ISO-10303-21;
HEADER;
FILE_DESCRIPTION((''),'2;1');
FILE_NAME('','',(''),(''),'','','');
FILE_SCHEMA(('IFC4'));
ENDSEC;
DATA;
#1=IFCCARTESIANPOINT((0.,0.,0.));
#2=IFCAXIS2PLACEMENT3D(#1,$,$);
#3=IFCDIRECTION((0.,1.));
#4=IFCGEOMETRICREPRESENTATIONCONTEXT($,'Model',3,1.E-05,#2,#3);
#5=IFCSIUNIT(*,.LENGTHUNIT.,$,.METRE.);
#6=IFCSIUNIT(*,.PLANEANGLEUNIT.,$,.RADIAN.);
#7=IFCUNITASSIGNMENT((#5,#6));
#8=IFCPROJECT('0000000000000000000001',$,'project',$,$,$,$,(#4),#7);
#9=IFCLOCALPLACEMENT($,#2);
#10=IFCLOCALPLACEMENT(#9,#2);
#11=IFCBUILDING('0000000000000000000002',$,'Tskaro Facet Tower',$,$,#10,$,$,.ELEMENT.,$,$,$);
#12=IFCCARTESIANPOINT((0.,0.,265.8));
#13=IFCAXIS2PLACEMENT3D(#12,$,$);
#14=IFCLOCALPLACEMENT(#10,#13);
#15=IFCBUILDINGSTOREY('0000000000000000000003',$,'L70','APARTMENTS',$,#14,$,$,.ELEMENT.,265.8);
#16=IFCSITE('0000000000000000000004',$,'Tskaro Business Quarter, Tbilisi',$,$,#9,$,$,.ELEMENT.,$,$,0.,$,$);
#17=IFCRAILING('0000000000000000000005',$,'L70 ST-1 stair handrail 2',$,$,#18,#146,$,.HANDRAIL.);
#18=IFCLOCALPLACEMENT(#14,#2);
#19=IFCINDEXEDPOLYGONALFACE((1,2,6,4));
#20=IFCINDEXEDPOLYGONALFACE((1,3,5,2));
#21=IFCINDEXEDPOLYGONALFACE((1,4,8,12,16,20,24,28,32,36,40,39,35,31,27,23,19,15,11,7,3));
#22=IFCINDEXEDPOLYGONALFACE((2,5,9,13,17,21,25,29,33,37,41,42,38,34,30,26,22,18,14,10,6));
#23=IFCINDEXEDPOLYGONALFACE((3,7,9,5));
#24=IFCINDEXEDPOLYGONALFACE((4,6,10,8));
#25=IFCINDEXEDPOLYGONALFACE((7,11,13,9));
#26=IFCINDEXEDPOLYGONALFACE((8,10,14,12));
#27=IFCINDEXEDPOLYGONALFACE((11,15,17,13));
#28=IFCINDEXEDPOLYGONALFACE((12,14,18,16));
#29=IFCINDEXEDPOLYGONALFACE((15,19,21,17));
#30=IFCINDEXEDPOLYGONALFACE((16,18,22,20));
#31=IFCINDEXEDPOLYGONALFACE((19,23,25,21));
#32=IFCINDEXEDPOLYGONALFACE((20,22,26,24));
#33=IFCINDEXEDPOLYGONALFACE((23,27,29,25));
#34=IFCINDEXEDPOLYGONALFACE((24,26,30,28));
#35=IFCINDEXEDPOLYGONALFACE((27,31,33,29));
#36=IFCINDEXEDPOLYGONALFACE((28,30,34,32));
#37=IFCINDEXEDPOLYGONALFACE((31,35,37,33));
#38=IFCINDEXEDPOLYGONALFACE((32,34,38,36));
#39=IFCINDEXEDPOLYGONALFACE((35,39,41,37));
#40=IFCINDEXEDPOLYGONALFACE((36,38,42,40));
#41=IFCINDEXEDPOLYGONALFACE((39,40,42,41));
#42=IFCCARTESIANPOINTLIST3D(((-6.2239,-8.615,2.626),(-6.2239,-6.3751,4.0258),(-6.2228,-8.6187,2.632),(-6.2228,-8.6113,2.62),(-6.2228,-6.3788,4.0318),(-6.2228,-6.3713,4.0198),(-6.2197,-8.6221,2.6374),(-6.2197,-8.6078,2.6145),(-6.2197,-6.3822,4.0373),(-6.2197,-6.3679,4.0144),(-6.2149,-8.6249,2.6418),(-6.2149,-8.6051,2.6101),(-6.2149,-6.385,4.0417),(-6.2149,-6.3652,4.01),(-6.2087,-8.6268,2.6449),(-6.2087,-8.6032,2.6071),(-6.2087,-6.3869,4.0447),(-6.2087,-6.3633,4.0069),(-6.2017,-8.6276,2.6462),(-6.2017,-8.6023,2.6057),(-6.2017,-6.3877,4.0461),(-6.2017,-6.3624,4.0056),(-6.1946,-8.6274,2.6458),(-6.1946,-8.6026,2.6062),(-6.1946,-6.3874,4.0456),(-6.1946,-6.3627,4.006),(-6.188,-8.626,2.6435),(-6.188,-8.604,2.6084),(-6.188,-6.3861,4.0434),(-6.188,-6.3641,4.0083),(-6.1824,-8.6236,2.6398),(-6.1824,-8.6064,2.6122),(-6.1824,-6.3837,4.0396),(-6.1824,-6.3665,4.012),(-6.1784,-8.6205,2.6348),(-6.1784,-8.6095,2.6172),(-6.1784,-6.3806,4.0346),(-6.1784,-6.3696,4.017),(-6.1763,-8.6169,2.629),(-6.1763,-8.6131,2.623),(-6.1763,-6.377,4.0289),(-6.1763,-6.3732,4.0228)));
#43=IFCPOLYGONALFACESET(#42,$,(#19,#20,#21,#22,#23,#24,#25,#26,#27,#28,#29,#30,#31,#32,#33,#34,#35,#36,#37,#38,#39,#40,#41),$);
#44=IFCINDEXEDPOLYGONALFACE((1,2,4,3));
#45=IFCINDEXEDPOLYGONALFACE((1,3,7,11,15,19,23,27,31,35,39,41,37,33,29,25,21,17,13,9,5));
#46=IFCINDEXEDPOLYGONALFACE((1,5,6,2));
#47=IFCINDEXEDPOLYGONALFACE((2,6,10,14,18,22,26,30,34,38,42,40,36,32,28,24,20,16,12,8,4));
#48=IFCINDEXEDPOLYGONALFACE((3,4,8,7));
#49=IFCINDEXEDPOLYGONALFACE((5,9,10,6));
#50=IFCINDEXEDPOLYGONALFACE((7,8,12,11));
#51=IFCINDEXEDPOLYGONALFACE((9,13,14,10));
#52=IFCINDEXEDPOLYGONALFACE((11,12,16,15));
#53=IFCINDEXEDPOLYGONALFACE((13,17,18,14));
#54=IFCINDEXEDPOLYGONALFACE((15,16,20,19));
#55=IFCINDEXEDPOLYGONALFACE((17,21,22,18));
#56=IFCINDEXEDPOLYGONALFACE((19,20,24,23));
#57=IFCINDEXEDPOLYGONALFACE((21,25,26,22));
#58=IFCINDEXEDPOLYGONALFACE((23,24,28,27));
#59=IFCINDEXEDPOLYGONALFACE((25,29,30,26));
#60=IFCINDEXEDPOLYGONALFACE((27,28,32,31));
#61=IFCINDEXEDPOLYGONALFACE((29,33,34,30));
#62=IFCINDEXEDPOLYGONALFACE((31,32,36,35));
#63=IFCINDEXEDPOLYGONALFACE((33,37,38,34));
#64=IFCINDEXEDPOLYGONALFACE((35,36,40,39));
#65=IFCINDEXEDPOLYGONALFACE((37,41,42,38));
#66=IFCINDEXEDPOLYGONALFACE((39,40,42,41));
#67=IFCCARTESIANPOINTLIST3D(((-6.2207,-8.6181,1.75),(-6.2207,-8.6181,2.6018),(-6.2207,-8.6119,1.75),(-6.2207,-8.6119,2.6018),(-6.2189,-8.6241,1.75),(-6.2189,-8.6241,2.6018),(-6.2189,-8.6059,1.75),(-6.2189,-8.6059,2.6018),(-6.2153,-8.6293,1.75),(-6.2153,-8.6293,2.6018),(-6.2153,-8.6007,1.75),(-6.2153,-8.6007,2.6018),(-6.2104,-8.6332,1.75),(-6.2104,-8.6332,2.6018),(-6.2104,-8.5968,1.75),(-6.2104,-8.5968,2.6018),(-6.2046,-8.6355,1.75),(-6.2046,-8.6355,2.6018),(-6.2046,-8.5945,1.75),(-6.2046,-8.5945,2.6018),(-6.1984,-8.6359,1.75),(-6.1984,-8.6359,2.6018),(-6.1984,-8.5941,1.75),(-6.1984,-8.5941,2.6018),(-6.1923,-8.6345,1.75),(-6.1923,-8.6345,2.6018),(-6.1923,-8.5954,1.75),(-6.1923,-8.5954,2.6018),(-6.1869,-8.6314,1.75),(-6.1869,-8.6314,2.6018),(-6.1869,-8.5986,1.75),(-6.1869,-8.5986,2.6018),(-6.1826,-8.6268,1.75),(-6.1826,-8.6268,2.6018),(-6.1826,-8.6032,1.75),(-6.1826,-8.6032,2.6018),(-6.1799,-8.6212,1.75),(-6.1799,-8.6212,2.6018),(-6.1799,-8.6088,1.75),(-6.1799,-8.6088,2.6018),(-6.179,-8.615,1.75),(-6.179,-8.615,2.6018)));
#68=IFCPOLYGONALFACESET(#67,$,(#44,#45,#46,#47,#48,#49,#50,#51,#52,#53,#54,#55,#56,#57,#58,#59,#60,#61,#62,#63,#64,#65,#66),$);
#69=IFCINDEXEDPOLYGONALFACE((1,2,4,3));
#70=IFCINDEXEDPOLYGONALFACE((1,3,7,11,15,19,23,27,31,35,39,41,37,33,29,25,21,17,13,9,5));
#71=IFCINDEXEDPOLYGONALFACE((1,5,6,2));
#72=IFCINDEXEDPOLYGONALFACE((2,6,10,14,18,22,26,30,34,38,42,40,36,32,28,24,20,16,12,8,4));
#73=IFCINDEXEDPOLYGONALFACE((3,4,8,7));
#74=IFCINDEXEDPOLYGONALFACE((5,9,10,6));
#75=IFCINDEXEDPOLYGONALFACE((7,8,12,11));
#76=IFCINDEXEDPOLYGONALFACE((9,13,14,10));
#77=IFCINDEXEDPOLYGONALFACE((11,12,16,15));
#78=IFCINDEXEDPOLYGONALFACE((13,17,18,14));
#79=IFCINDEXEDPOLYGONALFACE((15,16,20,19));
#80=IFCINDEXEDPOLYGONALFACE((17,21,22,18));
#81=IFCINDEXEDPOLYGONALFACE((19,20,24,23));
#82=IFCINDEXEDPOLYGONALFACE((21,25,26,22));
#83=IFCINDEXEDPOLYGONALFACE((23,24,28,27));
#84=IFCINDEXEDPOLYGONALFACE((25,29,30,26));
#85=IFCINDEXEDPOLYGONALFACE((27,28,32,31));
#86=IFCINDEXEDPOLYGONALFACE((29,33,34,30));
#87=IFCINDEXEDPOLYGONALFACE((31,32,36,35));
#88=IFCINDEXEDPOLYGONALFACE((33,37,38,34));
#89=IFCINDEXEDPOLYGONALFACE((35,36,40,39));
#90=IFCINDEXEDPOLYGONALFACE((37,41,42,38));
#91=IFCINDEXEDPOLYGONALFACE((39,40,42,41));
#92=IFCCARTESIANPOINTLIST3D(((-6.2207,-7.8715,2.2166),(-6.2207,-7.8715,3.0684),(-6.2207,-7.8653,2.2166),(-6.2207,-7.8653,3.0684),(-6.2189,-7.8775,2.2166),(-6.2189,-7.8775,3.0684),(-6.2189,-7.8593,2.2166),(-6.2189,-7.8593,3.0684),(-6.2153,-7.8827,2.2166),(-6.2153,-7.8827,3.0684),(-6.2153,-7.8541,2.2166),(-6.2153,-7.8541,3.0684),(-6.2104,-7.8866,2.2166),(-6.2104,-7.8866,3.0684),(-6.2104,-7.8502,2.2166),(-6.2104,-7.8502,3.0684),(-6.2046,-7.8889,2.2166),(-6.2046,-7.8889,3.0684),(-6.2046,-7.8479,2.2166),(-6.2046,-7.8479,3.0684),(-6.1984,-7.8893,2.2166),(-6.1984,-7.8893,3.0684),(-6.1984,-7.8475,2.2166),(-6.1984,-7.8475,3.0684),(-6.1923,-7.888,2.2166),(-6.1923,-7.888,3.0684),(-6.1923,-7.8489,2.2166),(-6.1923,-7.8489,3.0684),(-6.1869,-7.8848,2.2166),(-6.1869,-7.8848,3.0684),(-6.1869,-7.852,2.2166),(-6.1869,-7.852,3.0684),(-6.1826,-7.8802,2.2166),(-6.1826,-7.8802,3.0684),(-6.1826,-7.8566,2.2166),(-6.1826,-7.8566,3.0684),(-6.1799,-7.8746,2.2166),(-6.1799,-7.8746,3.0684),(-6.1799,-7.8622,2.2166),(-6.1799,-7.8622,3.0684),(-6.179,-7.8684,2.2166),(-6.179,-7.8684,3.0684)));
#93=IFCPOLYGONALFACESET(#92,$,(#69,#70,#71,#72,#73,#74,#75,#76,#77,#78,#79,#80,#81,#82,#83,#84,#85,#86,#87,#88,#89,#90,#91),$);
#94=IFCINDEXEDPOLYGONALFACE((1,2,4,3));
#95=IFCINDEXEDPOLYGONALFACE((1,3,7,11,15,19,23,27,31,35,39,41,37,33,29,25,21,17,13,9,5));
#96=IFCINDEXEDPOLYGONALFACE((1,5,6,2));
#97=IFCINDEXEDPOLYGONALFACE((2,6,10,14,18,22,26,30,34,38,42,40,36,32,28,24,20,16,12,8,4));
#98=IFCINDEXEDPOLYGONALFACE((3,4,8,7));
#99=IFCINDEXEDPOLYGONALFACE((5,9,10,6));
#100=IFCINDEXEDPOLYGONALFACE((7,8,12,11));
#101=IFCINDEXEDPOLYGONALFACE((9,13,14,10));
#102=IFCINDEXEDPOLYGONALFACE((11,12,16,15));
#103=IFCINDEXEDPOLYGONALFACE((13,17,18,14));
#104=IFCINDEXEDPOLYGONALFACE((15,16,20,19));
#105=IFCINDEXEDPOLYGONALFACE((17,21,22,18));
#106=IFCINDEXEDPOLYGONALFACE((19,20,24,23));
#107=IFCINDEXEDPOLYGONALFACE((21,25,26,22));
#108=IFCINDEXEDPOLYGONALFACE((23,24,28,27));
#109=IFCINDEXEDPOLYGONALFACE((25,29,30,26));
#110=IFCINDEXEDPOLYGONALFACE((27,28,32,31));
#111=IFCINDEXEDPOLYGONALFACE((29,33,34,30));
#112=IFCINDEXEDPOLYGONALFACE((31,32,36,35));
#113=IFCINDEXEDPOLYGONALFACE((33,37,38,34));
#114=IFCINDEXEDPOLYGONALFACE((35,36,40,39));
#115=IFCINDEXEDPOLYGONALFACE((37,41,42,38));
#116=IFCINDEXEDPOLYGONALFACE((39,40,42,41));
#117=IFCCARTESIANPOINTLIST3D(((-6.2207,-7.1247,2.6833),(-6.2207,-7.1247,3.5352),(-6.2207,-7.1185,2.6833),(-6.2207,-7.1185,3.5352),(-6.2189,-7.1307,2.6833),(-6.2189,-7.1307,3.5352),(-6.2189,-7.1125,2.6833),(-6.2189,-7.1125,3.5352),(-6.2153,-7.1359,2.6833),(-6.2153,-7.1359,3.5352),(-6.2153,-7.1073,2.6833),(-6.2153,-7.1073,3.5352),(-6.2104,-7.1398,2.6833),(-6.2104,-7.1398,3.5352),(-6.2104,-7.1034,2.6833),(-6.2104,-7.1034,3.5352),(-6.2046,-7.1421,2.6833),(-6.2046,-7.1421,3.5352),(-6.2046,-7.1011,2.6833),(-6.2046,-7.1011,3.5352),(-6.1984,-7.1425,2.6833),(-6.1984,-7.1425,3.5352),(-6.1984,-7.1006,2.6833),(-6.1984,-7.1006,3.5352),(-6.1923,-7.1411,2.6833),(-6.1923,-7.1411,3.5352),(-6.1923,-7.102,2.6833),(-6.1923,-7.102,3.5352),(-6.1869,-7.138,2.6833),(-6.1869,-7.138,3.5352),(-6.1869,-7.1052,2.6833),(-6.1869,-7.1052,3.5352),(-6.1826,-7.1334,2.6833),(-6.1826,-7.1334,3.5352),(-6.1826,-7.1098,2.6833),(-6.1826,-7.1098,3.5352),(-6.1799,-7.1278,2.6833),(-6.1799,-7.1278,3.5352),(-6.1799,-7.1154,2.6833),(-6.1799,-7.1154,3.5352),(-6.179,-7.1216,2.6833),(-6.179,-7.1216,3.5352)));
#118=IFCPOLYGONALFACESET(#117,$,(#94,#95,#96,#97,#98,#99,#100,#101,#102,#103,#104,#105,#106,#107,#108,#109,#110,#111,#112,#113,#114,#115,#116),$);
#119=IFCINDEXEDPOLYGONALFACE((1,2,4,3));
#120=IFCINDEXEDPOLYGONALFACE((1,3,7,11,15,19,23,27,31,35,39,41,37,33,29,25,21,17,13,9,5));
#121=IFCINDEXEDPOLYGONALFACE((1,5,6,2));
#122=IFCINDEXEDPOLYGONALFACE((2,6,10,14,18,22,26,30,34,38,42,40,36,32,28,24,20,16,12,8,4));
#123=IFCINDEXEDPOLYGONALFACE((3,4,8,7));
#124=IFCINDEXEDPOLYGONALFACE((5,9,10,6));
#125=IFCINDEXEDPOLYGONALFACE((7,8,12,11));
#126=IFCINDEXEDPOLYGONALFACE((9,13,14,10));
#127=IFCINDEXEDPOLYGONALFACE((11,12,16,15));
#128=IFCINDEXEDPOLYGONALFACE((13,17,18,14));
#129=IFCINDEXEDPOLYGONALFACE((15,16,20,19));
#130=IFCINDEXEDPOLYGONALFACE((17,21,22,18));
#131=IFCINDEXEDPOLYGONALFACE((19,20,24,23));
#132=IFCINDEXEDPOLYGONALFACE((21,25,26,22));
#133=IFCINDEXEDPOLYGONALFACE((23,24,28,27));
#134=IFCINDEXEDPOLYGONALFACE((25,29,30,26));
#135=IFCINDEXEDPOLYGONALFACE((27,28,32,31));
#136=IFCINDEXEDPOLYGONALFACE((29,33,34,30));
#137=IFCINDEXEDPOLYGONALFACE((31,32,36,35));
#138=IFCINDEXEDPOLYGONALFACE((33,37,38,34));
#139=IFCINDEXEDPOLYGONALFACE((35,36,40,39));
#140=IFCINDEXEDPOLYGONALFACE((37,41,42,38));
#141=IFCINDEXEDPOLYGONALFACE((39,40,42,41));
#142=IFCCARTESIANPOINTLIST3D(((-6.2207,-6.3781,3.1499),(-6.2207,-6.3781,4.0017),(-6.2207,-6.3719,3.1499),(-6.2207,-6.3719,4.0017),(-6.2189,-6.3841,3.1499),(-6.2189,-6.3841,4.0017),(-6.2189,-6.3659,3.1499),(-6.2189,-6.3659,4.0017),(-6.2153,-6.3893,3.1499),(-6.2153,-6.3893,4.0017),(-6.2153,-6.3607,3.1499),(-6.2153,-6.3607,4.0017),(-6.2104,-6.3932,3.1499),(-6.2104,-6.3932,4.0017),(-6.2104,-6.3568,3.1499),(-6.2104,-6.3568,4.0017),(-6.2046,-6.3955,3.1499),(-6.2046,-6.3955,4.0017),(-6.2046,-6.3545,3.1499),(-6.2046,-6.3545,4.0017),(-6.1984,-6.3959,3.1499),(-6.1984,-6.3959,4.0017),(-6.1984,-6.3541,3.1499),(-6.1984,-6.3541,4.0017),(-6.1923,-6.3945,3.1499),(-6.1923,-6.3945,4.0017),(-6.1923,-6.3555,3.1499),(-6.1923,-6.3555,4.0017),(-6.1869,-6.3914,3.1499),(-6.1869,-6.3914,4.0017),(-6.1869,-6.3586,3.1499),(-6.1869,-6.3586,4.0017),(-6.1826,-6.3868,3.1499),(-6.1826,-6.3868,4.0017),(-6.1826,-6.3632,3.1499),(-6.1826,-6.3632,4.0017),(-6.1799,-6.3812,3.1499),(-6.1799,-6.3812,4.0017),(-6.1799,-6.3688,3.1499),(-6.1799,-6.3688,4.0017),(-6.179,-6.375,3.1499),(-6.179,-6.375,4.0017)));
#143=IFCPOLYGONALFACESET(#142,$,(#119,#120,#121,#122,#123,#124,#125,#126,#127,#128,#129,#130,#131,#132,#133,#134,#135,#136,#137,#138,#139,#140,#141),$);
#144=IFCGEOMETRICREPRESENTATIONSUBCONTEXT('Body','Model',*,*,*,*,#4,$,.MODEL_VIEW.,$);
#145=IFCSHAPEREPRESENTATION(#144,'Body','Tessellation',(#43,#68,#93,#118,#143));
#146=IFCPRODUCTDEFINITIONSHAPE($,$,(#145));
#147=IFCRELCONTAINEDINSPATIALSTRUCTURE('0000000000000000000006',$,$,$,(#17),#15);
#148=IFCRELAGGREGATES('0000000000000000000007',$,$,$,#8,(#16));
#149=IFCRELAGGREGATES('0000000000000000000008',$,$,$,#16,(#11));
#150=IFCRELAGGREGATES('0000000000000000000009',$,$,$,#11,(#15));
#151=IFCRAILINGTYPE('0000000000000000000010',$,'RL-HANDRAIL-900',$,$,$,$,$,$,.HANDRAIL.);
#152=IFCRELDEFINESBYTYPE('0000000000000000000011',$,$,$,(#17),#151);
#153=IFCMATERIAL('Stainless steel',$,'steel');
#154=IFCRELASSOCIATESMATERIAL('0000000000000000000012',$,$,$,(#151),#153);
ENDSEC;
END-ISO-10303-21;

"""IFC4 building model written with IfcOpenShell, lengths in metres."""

from ifc_helpers import new_model, si_unit, direction, frame, origin, origin_2d, place, context, subcontext, project, spatial, circle, extrude, material, type_object, element, save


model = new_model("IFC4")

# Units and contexts
model_context = context("Model", 3, precision=1e-05, world=origin(), true_north=direction((0.0, 1.0)))
body_context = subcontext(model_context, "Body", "Model", "MODEL_VIEW")
ifc_project = project(units=[si_unit("LENGTHUNIT", "METRE"), si_unit("PLANEANGLEUNIT", "RADIAN")], contexts=[model_context])

# Site, building, storey
site_placement = place(None, origin())
site = spatial("IfcSite", under=ifc_project, at=site_placement, Name="Tskaro Business Quarter, Tbilisi", CompositionType="ELEMENT", RefElevation=0.0)
building_placement = place(site_placement, origin())
building = spatial("IfcBuilding", under=site, at=building_placement, Name="Tskaro Facet Tower", CompositionType="ELEMENT")
storey_placement = place(building_placement, frame((0.0, 0.0, 265.8)))
storey = spatial("IfcBuildingStorey", under=building, at=storey_placement, Name="L70", Description="APARTMENTS", CompositionType="ELEMENT", Elevation=265.8)

# Shared definitions
ifc_material_1 = material(Name="Stainless steel", Category="steel")

# Railing
railing_type_1 = type_object("IfcRailingType", Name="RL-HANDRAIL-900", PredefinedType="HANDRAIL", material=ifc_material_1)
railing_1_placement = place(storey_placement, frame((-6.2, -8.615, 1.75)))
element("IfcRailing", 1, at=railing_1_placement, inside=storey, type_object=railing_type_1, Name="L70 ST-1 stair handrail 2", PredefinedType="HANDRAIL", context=body_context, shape_type="SweptSolid", body=[
    extrude(circle(Radius=0.0239, at=origin_2d()), frame((0.0, 0.0, 0.876), z_axis=(0.0, 0.848014, 0.529974), x_axis=(-1.0, 0.0, 0.0)), (0.0, 0.0, 1.0), 2.6414),
    extrude(circle(Radius=0.021, at=origin_2d()), origin(), (0.0, 0.0, 1.0), 0.8518),
    extrude(circle(Radius=0.021, at=origin_2d()), frame((0.0, 0.7466, 0.4666)), (0.0, 0.0, 1.0), 0.8518),
    extrude(circle(Radius=0.021, at=origin_2d()), frame((0.0, 1.4934, 0.9333)), (0.0, 0.0, 1.0), 0.8518),
    extrude(circle(Radius=0.021, at=origin_2d()), frame((0.0, 2.24, 1.3999)), (0.0, 0.0, 1.0), 0.8518),
])

save(model, "model.ifc")
